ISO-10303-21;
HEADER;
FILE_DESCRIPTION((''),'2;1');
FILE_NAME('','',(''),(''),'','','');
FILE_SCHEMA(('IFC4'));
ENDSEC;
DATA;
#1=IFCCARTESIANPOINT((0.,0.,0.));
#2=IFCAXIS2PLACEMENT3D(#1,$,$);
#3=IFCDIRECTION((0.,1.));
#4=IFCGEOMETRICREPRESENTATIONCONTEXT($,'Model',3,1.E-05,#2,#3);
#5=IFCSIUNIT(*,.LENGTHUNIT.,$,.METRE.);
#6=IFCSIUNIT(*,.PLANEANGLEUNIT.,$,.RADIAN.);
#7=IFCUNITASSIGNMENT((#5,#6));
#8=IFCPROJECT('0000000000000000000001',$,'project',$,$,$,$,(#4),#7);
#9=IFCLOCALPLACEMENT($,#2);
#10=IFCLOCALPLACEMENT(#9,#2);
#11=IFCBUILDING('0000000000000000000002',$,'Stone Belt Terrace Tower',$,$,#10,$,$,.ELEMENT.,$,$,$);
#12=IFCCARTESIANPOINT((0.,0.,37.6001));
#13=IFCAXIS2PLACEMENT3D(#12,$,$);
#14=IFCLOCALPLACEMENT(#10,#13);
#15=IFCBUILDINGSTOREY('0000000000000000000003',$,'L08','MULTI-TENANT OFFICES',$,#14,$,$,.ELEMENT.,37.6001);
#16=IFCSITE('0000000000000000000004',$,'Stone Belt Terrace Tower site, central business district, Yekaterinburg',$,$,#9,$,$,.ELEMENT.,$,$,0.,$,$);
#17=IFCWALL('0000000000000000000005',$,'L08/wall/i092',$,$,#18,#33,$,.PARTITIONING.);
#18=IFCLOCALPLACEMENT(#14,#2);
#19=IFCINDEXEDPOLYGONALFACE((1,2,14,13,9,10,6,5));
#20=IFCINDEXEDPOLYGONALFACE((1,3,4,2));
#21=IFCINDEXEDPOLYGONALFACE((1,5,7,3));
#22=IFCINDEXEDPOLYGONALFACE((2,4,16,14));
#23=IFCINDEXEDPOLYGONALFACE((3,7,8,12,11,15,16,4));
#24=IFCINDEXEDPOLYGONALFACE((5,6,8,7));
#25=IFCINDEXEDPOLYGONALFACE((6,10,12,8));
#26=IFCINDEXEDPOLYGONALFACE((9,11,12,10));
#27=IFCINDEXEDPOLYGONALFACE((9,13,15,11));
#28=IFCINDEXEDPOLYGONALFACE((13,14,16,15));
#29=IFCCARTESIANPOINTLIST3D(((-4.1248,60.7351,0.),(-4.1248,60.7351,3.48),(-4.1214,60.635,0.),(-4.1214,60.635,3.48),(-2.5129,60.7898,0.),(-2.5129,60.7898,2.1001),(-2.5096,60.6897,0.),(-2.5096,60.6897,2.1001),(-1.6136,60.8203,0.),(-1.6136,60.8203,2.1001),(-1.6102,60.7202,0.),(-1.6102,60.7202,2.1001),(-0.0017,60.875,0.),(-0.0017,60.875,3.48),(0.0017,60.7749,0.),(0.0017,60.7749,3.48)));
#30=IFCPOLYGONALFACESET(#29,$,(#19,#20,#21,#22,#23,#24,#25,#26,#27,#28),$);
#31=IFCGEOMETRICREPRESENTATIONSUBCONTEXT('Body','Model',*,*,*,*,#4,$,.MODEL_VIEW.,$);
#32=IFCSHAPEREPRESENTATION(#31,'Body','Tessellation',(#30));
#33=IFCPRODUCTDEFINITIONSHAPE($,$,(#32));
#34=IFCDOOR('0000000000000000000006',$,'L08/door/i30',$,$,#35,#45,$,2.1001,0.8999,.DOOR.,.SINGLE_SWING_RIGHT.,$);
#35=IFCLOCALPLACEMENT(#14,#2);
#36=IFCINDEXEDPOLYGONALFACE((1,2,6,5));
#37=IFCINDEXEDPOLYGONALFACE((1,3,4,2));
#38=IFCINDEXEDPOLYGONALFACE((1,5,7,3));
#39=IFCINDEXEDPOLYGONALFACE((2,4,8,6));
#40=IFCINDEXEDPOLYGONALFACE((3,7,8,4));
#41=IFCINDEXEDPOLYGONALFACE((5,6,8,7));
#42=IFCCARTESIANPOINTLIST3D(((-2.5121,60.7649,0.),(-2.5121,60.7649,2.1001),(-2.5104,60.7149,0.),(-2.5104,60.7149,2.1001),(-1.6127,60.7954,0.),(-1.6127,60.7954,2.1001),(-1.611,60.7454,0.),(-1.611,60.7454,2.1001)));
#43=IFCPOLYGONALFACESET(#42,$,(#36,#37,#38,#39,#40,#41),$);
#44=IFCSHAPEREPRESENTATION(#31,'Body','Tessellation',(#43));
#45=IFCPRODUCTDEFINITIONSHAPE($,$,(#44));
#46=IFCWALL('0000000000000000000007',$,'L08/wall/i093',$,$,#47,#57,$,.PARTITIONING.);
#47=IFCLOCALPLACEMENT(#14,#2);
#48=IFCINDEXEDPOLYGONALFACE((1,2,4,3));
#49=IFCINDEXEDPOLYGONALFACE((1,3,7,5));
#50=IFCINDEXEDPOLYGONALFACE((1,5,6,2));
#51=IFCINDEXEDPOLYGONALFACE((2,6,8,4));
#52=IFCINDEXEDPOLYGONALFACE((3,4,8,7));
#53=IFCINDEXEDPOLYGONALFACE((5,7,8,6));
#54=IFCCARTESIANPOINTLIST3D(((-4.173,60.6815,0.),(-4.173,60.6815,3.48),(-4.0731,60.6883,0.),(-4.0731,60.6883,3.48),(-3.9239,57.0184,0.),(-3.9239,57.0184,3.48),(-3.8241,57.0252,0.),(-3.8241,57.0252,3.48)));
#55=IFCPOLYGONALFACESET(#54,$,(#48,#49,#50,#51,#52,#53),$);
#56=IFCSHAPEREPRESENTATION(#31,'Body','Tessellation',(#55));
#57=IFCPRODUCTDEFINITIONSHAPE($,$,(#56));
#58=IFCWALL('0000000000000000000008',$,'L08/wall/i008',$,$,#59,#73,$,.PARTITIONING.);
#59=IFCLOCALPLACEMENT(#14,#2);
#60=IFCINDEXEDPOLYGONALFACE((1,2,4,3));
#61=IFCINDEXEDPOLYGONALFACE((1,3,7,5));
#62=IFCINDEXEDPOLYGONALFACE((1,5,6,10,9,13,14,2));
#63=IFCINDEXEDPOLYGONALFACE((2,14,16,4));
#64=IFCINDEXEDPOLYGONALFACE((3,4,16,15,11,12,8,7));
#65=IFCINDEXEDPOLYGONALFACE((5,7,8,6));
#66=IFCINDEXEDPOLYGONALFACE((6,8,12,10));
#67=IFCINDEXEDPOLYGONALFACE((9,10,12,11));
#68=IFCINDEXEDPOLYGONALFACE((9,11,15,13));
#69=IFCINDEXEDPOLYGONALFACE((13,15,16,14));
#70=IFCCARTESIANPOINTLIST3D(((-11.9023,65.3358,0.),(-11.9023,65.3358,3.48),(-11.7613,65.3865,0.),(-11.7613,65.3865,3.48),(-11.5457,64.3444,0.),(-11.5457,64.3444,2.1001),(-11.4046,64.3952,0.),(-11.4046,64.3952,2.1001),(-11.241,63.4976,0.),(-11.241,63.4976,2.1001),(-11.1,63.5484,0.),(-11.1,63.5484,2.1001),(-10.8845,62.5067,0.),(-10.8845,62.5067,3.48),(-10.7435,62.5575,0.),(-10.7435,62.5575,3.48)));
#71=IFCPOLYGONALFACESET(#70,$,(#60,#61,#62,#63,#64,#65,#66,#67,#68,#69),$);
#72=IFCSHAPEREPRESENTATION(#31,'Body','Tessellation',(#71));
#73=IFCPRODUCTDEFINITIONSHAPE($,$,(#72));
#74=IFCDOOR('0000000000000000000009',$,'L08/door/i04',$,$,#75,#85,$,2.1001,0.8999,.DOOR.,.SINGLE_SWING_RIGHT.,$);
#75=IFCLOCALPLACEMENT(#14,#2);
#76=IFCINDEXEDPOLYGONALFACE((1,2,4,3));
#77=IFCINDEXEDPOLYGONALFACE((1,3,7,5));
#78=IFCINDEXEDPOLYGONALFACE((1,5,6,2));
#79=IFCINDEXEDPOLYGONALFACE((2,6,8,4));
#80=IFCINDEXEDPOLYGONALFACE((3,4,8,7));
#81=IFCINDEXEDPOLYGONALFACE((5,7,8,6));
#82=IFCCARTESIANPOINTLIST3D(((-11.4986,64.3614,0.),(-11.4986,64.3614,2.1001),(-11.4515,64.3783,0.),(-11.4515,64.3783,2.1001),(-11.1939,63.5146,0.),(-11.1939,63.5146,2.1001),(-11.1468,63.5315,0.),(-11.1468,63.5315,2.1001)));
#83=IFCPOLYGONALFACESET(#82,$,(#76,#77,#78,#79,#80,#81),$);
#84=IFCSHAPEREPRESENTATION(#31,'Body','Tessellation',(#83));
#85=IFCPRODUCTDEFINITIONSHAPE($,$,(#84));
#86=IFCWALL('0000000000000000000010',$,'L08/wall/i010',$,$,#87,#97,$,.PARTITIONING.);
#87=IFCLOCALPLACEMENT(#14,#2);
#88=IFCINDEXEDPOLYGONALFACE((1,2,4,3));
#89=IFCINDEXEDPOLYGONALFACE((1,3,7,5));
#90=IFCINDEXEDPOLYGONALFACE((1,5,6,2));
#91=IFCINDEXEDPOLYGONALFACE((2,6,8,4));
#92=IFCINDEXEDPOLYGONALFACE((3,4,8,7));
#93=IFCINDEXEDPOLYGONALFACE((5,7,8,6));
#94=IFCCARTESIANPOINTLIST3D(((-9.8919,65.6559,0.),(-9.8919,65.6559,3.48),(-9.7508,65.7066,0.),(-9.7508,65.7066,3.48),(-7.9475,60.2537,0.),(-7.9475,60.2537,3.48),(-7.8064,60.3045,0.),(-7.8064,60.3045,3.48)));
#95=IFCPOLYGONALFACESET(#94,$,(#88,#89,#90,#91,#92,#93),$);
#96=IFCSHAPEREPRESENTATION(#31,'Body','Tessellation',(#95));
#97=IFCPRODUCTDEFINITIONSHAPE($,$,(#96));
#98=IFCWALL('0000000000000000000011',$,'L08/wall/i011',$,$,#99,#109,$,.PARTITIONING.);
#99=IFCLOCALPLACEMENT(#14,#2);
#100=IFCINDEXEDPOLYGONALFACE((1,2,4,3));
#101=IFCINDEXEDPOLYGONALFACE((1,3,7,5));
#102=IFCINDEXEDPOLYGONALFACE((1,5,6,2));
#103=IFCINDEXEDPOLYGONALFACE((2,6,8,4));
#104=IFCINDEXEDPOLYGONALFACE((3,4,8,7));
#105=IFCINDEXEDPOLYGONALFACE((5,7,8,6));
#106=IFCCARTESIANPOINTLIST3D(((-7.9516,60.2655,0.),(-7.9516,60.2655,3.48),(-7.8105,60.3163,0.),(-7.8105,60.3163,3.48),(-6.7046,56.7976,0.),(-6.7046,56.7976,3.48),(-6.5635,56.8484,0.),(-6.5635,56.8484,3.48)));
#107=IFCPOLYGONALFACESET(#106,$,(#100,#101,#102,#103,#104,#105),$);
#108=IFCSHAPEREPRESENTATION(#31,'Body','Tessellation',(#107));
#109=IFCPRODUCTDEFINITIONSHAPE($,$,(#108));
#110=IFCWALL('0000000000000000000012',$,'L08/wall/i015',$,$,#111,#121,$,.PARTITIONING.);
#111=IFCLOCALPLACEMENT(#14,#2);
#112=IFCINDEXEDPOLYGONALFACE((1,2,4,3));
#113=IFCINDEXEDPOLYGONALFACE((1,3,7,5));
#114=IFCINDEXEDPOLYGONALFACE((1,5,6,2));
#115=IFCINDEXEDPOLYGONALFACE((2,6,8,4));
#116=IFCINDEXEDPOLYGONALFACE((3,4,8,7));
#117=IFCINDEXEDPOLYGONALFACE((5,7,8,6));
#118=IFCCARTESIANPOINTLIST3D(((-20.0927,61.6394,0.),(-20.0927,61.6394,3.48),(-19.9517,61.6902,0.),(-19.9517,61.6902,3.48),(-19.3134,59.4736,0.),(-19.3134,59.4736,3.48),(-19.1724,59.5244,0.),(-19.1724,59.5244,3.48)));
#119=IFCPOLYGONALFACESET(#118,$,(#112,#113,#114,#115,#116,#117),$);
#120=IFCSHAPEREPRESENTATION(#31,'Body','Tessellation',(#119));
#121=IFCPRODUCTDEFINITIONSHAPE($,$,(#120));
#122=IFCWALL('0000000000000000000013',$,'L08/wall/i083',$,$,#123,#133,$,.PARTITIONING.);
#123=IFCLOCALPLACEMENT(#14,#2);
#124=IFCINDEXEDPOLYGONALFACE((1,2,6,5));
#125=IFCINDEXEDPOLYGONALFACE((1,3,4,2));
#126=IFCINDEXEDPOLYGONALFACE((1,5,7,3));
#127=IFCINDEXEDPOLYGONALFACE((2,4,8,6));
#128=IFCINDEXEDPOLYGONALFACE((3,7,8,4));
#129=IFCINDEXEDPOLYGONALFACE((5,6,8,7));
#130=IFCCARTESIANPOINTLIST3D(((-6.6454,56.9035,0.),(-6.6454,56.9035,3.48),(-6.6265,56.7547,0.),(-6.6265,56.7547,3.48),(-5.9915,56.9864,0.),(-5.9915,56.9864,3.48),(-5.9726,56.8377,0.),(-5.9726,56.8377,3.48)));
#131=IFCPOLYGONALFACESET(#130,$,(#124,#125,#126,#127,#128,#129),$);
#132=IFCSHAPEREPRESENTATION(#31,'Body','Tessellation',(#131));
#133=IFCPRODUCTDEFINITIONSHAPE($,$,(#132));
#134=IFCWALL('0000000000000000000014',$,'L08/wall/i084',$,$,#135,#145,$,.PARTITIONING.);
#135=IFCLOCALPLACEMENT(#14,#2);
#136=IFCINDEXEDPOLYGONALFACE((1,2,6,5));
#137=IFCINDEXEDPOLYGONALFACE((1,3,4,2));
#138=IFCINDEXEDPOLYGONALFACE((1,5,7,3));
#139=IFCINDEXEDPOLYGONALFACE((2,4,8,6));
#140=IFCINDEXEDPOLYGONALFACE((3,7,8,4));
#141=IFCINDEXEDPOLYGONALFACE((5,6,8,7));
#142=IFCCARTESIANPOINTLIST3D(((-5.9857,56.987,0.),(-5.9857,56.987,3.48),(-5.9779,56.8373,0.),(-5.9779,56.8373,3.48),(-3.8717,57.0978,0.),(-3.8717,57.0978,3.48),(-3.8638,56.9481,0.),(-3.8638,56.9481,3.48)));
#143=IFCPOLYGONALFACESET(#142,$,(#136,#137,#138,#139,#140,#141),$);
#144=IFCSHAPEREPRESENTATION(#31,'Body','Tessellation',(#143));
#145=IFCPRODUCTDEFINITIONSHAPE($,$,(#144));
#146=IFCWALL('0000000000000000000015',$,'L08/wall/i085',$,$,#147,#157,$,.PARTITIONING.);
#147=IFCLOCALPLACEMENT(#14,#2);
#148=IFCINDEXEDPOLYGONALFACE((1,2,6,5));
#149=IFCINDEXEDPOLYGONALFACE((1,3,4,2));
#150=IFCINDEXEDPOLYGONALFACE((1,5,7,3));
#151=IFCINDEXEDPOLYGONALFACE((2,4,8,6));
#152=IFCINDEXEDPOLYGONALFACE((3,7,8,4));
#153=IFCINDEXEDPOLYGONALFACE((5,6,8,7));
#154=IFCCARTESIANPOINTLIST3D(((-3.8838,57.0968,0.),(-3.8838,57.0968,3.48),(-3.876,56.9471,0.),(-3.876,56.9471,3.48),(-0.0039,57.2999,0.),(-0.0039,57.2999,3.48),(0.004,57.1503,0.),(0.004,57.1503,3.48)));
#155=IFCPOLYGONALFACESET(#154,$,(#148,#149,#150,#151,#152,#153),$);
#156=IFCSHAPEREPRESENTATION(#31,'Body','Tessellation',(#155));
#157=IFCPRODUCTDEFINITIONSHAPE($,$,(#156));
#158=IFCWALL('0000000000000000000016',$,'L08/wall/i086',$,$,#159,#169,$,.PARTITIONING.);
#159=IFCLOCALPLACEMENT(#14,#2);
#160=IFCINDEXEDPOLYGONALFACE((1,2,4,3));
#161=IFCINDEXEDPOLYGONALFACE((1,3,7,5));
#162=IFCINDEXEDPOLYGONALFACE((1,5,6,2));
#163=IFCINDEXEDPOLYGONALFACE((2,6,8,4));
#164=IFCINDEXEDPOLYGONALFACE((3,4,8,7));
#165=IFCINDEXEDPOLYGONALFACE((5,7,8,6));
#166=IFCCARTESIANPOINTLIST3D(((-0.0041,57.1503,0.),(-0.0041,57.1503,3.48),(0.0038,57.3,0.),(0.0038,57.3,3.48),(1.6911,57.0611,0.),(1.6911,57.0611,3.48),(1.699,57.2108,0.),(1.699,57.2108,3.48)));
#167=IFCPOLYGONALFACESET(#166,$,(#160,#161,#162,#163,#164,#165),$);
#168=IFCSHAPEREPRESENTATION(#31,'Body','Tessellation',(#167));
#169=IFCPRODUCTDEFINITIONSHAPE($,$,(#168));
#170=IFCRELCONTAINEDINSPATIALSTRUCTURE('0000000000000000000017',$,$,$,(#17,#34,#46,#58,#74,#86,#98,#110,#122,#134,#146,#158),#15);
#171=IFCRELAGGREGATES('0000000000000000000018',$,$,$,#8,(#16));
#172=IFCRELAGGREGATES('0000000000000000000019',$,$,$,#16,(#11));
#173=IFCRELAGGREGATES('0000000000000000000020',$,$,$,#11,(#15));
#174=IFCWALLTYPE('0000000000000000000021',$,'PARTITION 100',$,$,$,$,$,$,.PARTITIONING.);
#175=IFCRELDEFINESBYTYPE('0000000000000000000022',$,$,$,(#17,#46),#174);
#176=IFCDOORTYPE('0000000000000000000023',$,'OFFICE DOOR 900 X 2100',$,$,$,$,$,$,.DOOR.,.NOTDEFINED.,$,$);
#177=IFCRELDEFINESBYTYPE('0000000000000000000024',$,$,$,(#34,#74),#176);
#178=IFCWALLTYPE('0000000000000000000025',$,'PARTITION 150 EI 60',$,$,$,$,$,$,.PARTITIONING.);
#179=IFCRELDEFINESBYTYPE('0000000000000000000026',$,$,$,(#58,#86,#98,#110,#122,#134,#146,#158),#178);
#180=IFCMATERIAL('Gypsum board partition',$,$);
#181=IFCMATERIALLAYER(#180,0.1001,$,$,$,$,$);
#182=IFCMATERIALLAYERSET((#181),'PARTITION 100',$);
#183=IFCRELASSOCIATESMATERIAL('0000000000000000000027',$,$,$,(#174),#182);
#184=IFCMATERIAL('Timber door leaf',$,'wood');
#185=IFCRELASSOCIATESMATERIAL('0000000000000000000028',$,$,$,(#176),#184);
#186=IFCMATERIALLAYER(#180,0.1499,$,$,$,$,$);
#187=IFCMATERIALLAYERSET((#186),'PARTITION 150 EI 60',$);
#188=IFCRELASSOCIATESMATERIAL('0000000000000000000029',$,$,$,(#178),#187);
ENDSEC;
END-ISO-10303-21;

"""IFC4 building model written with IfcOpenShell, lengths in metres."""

from ifc_helpers import new_model, si_unit, direction, frame, frame_2d, origin, place, context, subcontext, project, spatial, rectangle, extrude, material, layer, layer_set, type_object, element, fill, save


model = new_model("IFC4")

# Units and contexts
model_context = context("Model", 3, precision=1e-05, world=origin(), true_north=direction((0.0, 1.0)))
body_context = subcontext(model_context, "Body", "Model", "MODEL_VIEW")
ifc_project = project(units=[si_unit("LENGTHUNIT", "METRE"), si_unit("PLANEANGLEUNIT", "RADIAN")], contexts=[model_context])

# Site, building, storey
site_placement = place(None, origin())
site = spatial("IfcSite", under=ifc_project, at=site_placement, Name="Stone Belt Terrace Tower site, central business district, Yekaterinburg", CompositionType="ELEMENT", RefElevation=0.0)
building_placement = place(site_placement, origin())
building = spatial("IfcBuilding", under=site, at=building_placement, Name="Stone Belt Terrace Tower", CompositionType="ELEMENT")
storey_placement = place(building_placement, frame((0.0, 0.0, 37.6001)))
storey = spatial("IfcBuildingStorey", under=building, at=storey_placement, Name="L08", Description="MULTI-TENANT OFFICES", CompositionType="ELEMENT", Elevation=37.6001)

# Shared definitions
ifc_material_1 = material(Name="Gypsum board partition")
ifc_layer_1 = layer(ifc_material_1, 0.1001)
ifc_layer_set_1 = layer_set([ifc_layer_1], Name="PARTITION 100")
wall_type_1 = type_object("IfcWallType", Name="PARTITION 100", PredefinedType="PARTITIONING", material=ifc_layer_set_1)
ifc_material_2 = material(Name="Timber door leaf", Category="wood")
door_type = type_object("IfcDoorType", Name="OFFICE DOOR 900 X 2100", OperationType="NOTDEFINED", PredefinedType="DOOR", material=ifc_material_2)

# Wall, opening, door
wall_1_placement = place(storey_placement, frame((0.0, 60.825, 0.0), z_axis=(0.0, 0.0, 1.0), x_axis=(-0.999425, -0.03391, 0.0)))
wall_1 = element("IfcWall", 1, at=wall_1_placement, inside=storey, type_object=wall_type_1, Name="L08/wall/i092", PredefinedType="PARTITIONING", context=body_context, shape_type="SweptSolid", body=[
    extrude(rectangle(XDim=4.1255, YDim=0.1001, at=frame_2d((2.0627, 0.0))), origin(), (0.0, 0.0, 1.0), 3.48),
])
opening_1_placement = place(wall_1_placement, frame((1.6128, 0.0, 0.0)))
opening_1 = element("IfcOpeningElement", 2, at=opening_1_placement, cuts=wall_1, PredefinedType="OPENING", context=body_context, shape_type="SweptSolid", body=[
    extrude(rectangle(XDim=0.8999, YDim=2.1001, at=frame_2d((0.45, 1.05))), frame((0.0, 0.0601, 0.0), z_axis=(0.0, -1.0, 0.0), x_axis=(1.0, 0.0, 0.0)), (0.0, 0.0, 1.0), 0.1201),
])
door_1_placement = place(opening_1_placement, origin())
door_1 = element("IfcDoor", 3, at=door_1_placement, inside=storey, type_object=door_type, Name="L08/door/i30", OperationType="SINGLE_SWING_RIGHT", OverallHeight=2.1001, OverallWidth=0.8999, PredefinedType="DOOR", context=body_context, shape_type="SweptSolid", body=[
    extrude(rectangle(XDim=0.8999, YDim=2.1001, at=frame_2d((0.45, 1.05))), frame((0.0, 0.0249, 0.0), z_axis=(0.0, -1.0, 0.0), x_axis=(1.0, 0.0, 0.0)), (0.0, 0.0, 1.0), 0.05),
])
fill(opening_1, door_1)

# Wall
wall_2_placement = place(storey_placement, frame((-4.123, 60.6851, 0.0), z_axis=(0.0, 0.0, 1.0), x_axis=(0.067825, -0.997697, 0.0)))
element("IfcWall", 4, at=wall_2_placement, inside=storey, type_object=wall_type_1, Name="L08/wall/i093", PredefinedType="PARTITIONING", context=body_context, shape_type="SweptSolid", body=[
    extrude(rectangle(XDim=3.6716, YDim=0.1001, at=frame_2d((1.8359, 0.0))), origin(), (0.0, 0.0, 1.0), 3.48),
])

# Wall, opening, door
ifc_layer_2 = layer(ifc_material_1, 0.1499)
ifc_layer_set_2 = layer_set([ifc_layer_2], Name="PARTITION 150 EI 60")
wall_type_2 = type_object("IfcWallType", Name="PARTITION 150 EI 60", PredefinedType="PARTITIONING", material=ifc_layer_set_2)
wall_3_placement = place(storey_placement, frame((-10.814, 62.532, 0.0), z_axis=(0.0, 0.0, 1.0), x_axis=(-0.338527, 0.940957, 0.0)))
wall_3 = element("IfcWall", 5, at=wall_3_placement, inside=storey, type_object=wall_type_2, Name="L08/wall/i008", PredefinedType="PARTITIONING", context=body_context, shape_type="SweptSolid", body=[
    extrude(rectangle(XDim=3.0066, YDim=0.1499, at=frame_2d((1.5034, 0.0))), origin(), (0.0, 0.0, 1.0), 3.48),
])
opening_2_placement = place(wall_3_placement, frame((1.0532, 0.0, 0.0)))
opening_2 = element("IfcOpeningElement", 6, at=opening_2_placement, cuts=wall_3, PredefinedType="OPENING", context=body_context, shape_type="SweptSolid", body=[
    extrude(rectangle(XDim=0.8999, YDim=2.1001, at=frame_2d((0.45, 1.05))), frame((0.0, 0.085, 0.0), z_axis=(0.0, -1.0, 0.0), x_axis=(1.0, 0.0, 0.0)), (0.0, 0.0, 1.0), 0.1699),
])
door_2_placement = place(opening_2_placement, origin())
door_2 = element("IfcDoor", 7, at=door_2_placement, inside=storey, type_object=door_type, Name="L08/door/i04", OperationType="SINGLE_SWING_RIGHT", OverallHeight=2.1001, OverallWidth=0.8999, PredefinedType="DOOR", context=body_context, shape_type="SweptSolid", body=[
    extrude(rectangle(XDim=0.8999, YDim=2.1001, at=frame_2d((0.45, 1.05))), frame((0.0, 0.0249, 0.0), z_axis=(0.0, -1.0, 0.0), x_axis=(1.0, 0.0, 0.0)), (0.0, 0.0, 1.0), 0.05),
])
fill(opening_2, door_2)

# Walls
wall_4_placement = place(storey_placement, frame((-9.8213, 65.6812, 0.0), z_axis=(0.0, 0.0, 1.0), x_axis=(0.338655, -0.940911, 0.0)))
element("IfcWall", 8, at=wall_4_placement, inside=storey, type_object=wall_type_2, Name="L08/wall/i010", PredefinedType="PARTITIONING", context=body_context, shape_type="SweptSolid", body=[
    extrude(rectangle(XDim=5.7415, YDim=0.1499, at=frame_2d((2.8706, 0.0))), origin(), (0.0, 0.0, 1.0), 3.48),
])
wall_5_placement = place(storey_placement, frame((-7.8811, 60.291, 0.0), z_axis=(0.0, 0.0, 1.0), x_axis=(0.338379, -0.94101, 0.0)))
element("IfcWall", 9, at=wall_5_placement, inside=storey, type_object=wall_type_2, Name="L08/wall/i011", PredefinedType="PARTITIONING", context=body_context, shape_type="SweptSolid", body=[
    extrude(rectangle(XDim=3.6853, YDim=0.1499, at=frame_2d((1.8428, 0.0))), origin(), (0.0, 0.0, 1.0), 3.48),
])
wall_6_placement = place(storey_placement, frame((-20.0222, 61.6648, 0.0), z_axis=(0.0, 0.0, 1.0), x_axis=(0.338573, -0.94094, 0.0)))
element("IfcWall", 10, at=wall_6_placement, inside=storey, type_object=wall_type_2, Name="L08/wall/i015", PredefinedType="PARTITIONING", context=body_context, shape_type="SweptSolid", body=[
    extrude(rectangle(XDim=2.3018, YDim=0.1499, at=frame_2d((1.1509, 0.0))), origin(), (0.0, 0.0, 1.0), 3.48),
])
wall_7_placement = place(storey_placement, frame((-6.636, 56.8291, 0.0), z_axis=(0.0, 0.0, 1.0), x_axis=(0.992043, 0.125903, 0.0)))
element("IfcWall", 11, at=wall_7_placement, inside=storey, type_object=wall_type_2, Name="L08/wall/i083", PredefinedType="PARTITIONING", context=body_context, shape_type="SweptSolid", body=[
    extrude(rectangle(XDim=0.6592, YDim=0.1499, at=frame_2d((0.3296, 0.0))), origin(), (0.0, 0.0, 1.0), 3.48),
])
wall_8_placement = place(storey_placement, frame((-5.9819, 56.9121, 0.0), z_axis=(0.0, 0.0, 1.0), x_axis=(0.998628, 0.052359, 0.0)))
element("IfcWall", 12, at=wall_8_placement, inside=storey, type_object=wall_type_2, Name="L08/wall/i084", PredefinedType="PARTITIONING", context=body_context, shape_type="SweptSolid", body=[
    extrude(rectangle(XDim=2.1169, YDim=0.1499, at=frame_2d((1.0586, 0.0))), origin(), (0.0, 0.0, 1.0), 3.48),
])
wall_9_placement = place(storey_placement, frame((-3.8799, 57.022, 0.0), z_axis=(0.0, 0.0, 1.0), x_axis=(0.998632, 0.052282, 0.0)))
element("IfcWall", 13, at=wall_9_placement, inside=storey, type_object=wall_type_2, Name="L08/wall/i085", PredefinedType="PARTITIONING", context=body_context, shape_type="SweptSolid", body=[
    extrude(rectangle(XDim=3.8853, YDim=0.1499, at=frame_2d((1.9426, 0.0))), origin(), (0.0, 0.0, 1.0), 3.48),
])
wall_10_placement = place(storey_placement, frame((0.0, 57.2251, 0.0), z_axis=(0.0, 0.0, 1.0), x_axis=(0.998621, -0.052498, 0.0)))
element("IfcWall", 14, at=wall_10_placement, inside=storey, type_object=wall_type_2, Name="L08/wall/i086", PredefinedType="PARTITIONING", context=body_context, shape_type="SweptSolid", body=[
    extrude(rectangle(XDim=1.6975, YDim=0.1499, at=frame_2d((0.8486, 0.0))), origin(), (0.0, 0.0, 1.0), 3.48),
])

save(model, "model.ifc")
